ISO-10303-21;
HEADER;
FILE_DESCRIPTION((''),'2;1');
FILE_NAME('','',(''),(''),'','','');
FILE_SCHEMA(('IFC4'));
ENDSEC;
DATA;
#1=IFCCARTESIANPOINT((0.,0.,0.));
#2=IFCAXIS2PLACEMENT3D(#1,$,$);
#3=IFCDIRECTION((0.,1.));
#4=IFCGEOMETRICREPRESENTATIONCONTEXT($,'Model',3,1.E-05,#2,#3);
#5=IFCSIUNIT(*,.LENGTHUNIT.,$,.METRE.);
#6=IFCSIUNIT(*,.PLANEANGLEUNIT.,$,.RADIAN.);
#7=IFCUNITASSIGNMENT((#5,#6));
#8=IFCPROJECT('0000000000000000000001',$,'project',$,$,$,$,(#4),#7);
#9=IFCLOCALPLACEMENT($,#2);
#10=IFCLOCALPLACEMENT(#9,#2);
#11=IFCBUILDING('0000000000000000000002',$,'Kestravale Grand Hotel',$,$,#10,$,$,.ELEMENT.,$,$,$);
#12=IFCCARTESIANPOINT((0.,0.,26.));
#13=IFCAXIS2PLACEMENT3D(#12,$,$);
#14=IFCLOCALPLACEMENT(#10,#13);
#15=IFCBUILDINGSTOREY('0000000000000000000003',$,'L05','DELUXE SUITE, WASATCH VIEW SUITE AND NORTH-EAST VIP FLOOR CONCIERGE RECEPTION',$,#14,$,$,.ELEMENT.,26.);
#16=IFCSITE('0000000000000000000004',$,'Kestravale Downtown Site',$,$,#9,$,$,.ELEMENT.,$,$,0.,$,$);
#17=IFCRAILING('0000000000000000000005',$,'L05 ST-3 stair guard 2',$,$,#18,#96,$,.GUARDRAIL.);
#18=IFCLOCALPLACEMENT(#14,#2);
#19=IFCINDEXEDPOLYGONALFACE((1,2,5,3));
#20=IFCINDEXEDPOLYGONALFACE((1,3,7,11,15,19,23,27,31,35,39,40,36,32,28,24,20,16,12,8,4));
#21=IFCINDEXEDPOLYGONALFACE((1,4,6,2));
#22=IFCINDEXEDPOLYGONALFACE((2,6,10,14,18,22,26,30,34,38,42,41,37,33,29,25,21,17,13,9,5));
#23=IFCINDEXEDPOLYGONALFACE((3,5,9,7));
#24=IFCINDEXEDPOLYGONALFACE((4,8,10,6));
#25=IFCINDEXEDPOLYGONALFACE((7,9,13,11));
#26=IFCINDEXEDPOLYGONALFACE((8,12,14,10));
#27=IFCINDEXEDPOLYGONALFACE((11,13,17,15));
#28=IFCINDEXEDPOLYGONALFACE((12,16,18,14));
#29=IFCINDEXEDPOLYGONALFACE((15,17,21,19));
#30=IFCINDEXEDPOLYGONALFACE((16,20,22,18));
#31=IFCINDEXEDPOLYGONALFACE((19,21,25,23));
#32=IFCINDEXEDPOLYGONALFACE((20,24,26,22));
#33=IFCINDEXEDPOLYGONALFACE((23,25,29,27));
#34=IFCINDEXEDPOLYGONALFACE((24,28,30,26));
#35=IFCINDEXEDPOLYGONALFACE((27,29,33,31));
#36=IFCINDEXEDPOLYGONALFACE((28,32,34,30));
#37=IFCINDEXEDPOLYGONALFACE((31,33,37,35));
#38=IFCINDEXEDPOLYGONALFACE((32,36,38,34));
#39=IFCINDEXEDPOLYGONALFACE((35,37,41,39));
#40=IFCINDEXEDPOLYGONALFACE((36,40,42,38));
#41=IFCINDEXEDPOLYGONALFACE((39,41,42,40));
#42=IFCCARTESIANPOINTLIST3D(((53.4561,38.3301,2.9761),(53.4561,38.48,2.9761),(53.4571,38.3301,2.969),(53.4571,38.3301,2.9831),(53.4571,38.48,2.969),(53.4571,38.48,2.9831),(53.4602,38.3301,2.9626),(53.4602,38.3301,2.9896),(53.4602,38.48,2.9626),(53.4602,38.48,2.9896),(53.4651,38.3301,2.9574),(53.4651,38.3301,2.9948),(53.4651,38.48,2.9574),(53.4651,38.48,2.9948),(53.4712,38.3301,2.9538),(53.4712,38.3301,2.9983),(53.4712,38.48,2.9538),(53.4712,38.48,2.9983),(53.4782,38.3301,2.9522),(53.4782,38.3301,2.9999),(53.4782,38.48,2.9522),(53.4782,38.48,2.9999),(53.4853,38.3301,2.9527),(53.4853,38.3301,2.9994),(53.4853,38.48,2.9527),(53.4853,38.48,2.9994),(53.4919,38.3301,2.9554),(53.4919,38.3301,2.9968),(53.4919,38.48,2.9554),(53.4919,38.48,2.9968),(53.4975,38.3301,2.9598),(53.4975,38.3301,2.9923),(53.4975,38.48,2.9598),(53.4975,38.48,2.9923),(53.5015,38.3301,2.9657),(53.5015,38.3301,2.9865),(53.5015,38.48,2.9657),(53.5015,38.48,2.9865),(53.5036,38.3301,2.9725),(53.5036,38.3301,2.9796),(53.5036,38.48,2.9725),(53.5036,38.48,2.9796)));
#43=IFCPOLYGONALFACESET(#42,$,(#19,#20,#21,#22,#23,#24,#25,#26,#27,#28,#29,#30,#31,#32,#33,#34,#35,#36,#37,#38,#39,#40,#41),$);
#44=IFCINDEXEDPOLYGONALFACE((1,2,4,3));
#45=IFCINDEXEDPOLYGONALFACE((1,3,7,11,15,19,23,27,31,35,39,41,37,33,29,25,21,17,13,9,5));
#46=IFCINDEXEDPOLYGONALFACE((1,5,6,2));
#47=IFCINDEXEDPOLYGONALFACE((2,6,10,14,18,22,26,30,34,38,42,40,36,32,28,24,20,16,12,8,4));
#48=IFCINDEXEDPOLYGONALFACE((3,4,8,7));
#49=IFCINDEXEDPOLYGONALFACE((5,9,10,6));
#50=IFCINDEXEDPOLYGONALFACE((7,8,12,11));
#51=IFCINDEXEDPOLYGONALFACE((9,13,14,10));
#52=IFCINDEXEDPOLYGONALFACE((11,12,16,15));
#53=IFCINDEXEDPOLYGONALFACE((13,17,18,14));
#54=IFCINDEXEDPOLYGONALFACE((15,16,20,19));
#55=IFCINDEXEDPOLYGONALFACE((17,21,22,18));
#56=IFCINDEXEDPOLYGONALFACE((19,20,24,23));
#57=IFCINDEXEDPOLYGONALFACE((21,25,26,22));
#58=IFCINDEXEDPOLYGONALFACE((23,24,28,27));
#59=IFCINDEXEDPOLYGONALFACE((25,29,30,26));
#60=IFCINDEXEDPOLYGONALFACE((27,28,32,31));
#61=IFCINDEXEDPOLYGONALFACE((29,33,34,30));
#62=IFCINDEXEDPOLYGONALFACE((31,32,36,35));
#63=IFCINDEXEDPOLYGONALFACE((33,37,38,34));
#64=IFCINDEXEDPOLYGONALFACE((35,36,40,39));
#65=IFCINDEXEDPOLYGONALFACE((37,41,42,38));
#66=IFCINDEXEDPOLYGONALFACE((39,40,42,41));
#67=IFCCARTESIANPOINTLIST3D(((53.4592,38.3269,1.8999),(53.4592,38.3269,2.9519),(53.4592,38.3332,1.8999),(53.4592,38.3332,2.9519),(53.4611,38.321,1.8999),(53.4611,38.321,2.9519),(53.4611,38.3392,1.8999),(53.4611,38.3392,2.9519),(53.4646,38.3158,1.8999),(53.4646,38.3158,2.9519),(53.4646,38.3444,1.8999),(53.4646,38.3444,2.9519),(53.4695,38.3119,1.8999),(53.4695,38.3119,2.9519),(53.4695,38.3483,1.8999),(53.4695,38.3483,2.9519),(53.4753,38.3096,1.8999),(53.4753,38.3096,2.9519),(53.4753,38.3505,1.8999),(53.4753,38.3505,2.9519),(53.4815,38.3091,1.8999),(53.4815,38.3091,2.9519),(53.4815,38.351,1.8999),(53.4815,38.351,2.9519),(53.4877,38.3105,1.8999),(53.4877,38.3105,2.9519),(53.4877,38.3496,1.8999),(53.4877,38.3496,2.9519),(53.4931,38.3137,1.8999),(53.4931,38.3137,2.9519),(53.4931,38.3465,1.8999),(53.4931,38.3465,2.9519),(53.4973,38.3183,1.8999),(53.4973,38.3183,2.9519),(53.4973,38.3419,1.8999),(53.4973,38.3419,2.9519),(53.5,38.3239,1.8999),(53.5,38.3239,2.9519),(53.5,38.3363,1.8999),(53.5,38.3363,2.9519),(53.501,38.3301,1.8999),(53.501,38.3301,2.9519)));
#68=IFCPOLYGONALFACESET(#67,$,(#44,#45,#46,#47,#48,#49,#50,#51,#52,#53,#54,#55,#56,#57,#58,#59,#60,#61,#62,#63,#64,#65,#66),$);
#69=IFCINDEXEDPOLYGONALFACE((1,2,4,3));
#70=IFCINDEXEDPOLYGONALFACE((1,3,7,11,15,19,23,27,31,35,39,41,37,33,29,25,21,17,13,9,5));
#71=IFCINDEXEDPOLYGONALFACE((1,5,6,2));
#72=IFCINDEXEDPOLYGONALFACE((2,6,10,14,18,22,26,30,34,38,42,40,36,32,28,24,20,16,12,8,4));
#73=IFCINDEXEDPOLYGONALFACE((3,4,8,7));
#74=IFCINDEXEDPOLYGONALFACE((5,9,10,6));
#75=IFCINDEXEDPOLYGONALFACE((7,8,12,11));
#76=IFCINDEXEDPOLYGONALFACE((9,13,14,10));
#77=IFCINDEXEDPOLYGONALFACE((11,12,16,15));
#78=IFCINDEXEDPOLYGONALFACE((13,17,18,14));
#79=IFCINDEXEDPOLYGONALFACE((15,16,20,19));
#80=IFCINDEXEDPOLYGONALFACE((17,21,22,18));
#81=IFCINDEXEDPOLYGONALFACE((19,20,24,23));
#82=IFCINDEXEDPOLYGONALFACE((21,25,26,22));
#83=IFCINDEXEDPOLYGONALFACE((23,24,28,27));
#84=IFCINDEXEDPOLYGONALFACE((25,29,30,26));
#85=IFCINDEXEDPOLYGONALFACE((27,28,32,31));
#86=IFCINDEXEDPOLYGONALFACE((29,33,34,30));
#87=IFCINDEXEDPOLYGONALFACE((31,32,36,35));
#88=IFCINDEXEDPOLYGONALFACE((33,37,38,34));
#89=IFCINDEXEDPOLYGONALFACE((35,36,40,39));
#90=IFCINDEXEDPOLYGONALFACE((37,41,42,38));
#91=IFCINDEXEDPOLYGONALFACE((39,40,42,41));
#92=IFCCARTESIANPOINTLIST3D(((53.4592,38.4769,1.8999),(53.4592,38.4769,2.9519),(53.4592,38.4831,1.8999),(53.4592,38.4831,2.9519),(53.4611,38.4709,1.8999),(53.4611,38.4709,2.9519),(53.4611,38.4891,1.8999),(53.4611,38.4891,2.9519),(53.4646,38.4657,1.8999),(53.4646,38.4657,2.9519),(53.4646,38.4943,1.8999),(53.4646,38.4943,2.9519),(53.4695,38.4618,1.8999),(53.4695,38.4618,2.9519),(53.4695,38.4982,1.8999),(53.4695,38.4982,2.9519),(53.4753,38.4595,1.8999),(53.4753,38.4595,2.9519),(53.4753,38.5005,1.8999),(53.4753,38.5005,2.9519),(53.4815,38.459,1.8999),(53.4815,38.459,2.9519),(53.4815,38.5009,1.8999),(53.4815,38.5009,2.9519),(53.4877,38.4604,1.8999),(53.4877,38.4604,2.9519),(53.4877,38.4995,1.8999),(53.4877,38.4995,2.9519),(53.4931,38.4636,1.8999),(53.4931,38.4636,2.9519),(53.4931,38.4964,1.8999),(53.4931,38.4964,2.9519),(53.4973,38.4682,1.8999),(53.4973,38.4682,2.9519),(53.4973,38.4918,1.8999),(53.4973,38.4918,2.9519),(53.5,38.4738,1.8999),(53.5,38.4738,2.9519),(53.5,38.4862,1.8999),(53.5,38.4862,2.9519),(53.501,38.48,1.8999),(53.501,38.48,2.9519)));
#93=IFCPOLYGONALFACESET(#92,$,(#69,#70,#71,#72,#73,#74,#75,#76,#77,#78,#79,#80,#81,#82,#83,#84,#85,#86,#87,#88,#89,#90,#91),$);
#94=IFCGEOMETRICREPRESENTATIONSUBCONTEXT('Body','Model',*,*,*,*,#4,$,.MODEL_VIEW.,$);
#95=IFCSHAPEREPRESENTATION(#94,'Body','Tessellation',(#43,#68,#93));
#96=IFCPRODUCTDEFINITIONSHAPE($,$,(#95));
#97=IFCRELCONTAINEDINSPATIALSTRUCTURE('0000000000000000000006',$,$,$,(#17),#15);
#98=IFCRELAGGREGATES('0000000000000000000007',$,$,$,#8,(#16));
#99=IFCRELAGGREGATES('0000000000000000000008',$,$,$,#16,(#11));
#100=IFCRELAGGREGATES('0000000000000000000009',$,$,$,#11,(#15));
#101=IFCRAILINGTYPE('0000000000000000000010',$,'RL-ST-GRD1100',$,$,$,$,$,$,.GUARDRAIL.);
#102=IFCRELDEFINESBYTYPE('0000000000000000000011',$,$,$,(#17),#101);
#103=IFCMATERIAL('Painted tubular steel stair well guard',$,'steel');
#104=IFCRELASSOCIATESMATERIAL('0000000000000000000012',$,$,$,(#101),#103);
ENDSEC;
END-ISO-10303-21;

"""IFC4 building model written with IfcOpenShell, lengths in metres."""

from ifc_helpers import new_model, si_unit, direction, frame, origin, origin_2d, place, context, subcontext, project, spatial, circle, extrude, material, type_object, element, save


model = new_model("IFC4")

# Units and contexts
model_context = context("Model", 3, precision=1e-05, world=origin(), true_north=direction((0.0, 1.0)))
body_context = subcontext(model_context, "Body", "Model", "MODEL_VIEW")
ifc_project = project(units=[si_unit("LENGTHUNIT", "METRE"), si_unit("PLANEANGLEUNIT", "RADIAN")], contexts=[model_context])

# Site, building, storey
site_placement = place(None, origin())
site = spatial("IfcSite", under=ifc_project, at=site_placement, Name="Kestravale Downtown Site", CompositionType="ELEMENT", RefElevation=0.0)
building_placement = place(site_placement, origin())
building = spatial("IfcBuilding", under=site, at=building_placement, Name="Kestravale Grand Hotel", CompositionType="ELEMENT")
storey_placement = place(building_placement, frame((0.0, 0.0, 26.0)))
storey = spatial("IfcBuildingStorey", under=building, at=storey_placement, Name="L05", Description="DELUXE SUITE, WASATCH VIEW SUITE AND NORTH-EAST VIP FLOOR CONCIERGE RECEPTION", CompositionType="ELEMENT", Elevation=26.0)

# Railing
ifc_material_1 = material(Name="Painted tubular steel stair well guard", Category="steel")
railing_type_1 = type_object("IfcRailingType", Name="RL-ST-GRD1100", PredefinedType="GUARDRAIL", material=ifc_material_1)
railing_1_placement = place(storey_placement, frame((53.48, 38.3301, 1.8999)))
element("IfcRailing", 1, at=railing_1_placement, inside=storey, type_object=railing_type_1, Name="L05 ST-3 stair guard 2", PredefinedType="GUARDRAIL", context=body_context, shape_type="SweptSolid", body=[
    extrude(circle(Radius=0.0239, at=origin_2d()), frame((0.0, 0.0, 1.0762), z_axis=(0.0, 1.0, 0.0), x_axis=(-1.0, 0.0, 0.0)), (0.0, 0.0, 1.0), 0.1499),
    extrude(circle(Radius=0.021, at=origin_2d()), origin(), (0.0, 0.0, 1.0), 1.052),
    extrude(circle(Radius=0.021, at=origin_2d()), frame((0.0, 0.1499, 0.0)), (0.0, 0.0, 1.0), 1.052),
])

save(model, "model.ifc")
